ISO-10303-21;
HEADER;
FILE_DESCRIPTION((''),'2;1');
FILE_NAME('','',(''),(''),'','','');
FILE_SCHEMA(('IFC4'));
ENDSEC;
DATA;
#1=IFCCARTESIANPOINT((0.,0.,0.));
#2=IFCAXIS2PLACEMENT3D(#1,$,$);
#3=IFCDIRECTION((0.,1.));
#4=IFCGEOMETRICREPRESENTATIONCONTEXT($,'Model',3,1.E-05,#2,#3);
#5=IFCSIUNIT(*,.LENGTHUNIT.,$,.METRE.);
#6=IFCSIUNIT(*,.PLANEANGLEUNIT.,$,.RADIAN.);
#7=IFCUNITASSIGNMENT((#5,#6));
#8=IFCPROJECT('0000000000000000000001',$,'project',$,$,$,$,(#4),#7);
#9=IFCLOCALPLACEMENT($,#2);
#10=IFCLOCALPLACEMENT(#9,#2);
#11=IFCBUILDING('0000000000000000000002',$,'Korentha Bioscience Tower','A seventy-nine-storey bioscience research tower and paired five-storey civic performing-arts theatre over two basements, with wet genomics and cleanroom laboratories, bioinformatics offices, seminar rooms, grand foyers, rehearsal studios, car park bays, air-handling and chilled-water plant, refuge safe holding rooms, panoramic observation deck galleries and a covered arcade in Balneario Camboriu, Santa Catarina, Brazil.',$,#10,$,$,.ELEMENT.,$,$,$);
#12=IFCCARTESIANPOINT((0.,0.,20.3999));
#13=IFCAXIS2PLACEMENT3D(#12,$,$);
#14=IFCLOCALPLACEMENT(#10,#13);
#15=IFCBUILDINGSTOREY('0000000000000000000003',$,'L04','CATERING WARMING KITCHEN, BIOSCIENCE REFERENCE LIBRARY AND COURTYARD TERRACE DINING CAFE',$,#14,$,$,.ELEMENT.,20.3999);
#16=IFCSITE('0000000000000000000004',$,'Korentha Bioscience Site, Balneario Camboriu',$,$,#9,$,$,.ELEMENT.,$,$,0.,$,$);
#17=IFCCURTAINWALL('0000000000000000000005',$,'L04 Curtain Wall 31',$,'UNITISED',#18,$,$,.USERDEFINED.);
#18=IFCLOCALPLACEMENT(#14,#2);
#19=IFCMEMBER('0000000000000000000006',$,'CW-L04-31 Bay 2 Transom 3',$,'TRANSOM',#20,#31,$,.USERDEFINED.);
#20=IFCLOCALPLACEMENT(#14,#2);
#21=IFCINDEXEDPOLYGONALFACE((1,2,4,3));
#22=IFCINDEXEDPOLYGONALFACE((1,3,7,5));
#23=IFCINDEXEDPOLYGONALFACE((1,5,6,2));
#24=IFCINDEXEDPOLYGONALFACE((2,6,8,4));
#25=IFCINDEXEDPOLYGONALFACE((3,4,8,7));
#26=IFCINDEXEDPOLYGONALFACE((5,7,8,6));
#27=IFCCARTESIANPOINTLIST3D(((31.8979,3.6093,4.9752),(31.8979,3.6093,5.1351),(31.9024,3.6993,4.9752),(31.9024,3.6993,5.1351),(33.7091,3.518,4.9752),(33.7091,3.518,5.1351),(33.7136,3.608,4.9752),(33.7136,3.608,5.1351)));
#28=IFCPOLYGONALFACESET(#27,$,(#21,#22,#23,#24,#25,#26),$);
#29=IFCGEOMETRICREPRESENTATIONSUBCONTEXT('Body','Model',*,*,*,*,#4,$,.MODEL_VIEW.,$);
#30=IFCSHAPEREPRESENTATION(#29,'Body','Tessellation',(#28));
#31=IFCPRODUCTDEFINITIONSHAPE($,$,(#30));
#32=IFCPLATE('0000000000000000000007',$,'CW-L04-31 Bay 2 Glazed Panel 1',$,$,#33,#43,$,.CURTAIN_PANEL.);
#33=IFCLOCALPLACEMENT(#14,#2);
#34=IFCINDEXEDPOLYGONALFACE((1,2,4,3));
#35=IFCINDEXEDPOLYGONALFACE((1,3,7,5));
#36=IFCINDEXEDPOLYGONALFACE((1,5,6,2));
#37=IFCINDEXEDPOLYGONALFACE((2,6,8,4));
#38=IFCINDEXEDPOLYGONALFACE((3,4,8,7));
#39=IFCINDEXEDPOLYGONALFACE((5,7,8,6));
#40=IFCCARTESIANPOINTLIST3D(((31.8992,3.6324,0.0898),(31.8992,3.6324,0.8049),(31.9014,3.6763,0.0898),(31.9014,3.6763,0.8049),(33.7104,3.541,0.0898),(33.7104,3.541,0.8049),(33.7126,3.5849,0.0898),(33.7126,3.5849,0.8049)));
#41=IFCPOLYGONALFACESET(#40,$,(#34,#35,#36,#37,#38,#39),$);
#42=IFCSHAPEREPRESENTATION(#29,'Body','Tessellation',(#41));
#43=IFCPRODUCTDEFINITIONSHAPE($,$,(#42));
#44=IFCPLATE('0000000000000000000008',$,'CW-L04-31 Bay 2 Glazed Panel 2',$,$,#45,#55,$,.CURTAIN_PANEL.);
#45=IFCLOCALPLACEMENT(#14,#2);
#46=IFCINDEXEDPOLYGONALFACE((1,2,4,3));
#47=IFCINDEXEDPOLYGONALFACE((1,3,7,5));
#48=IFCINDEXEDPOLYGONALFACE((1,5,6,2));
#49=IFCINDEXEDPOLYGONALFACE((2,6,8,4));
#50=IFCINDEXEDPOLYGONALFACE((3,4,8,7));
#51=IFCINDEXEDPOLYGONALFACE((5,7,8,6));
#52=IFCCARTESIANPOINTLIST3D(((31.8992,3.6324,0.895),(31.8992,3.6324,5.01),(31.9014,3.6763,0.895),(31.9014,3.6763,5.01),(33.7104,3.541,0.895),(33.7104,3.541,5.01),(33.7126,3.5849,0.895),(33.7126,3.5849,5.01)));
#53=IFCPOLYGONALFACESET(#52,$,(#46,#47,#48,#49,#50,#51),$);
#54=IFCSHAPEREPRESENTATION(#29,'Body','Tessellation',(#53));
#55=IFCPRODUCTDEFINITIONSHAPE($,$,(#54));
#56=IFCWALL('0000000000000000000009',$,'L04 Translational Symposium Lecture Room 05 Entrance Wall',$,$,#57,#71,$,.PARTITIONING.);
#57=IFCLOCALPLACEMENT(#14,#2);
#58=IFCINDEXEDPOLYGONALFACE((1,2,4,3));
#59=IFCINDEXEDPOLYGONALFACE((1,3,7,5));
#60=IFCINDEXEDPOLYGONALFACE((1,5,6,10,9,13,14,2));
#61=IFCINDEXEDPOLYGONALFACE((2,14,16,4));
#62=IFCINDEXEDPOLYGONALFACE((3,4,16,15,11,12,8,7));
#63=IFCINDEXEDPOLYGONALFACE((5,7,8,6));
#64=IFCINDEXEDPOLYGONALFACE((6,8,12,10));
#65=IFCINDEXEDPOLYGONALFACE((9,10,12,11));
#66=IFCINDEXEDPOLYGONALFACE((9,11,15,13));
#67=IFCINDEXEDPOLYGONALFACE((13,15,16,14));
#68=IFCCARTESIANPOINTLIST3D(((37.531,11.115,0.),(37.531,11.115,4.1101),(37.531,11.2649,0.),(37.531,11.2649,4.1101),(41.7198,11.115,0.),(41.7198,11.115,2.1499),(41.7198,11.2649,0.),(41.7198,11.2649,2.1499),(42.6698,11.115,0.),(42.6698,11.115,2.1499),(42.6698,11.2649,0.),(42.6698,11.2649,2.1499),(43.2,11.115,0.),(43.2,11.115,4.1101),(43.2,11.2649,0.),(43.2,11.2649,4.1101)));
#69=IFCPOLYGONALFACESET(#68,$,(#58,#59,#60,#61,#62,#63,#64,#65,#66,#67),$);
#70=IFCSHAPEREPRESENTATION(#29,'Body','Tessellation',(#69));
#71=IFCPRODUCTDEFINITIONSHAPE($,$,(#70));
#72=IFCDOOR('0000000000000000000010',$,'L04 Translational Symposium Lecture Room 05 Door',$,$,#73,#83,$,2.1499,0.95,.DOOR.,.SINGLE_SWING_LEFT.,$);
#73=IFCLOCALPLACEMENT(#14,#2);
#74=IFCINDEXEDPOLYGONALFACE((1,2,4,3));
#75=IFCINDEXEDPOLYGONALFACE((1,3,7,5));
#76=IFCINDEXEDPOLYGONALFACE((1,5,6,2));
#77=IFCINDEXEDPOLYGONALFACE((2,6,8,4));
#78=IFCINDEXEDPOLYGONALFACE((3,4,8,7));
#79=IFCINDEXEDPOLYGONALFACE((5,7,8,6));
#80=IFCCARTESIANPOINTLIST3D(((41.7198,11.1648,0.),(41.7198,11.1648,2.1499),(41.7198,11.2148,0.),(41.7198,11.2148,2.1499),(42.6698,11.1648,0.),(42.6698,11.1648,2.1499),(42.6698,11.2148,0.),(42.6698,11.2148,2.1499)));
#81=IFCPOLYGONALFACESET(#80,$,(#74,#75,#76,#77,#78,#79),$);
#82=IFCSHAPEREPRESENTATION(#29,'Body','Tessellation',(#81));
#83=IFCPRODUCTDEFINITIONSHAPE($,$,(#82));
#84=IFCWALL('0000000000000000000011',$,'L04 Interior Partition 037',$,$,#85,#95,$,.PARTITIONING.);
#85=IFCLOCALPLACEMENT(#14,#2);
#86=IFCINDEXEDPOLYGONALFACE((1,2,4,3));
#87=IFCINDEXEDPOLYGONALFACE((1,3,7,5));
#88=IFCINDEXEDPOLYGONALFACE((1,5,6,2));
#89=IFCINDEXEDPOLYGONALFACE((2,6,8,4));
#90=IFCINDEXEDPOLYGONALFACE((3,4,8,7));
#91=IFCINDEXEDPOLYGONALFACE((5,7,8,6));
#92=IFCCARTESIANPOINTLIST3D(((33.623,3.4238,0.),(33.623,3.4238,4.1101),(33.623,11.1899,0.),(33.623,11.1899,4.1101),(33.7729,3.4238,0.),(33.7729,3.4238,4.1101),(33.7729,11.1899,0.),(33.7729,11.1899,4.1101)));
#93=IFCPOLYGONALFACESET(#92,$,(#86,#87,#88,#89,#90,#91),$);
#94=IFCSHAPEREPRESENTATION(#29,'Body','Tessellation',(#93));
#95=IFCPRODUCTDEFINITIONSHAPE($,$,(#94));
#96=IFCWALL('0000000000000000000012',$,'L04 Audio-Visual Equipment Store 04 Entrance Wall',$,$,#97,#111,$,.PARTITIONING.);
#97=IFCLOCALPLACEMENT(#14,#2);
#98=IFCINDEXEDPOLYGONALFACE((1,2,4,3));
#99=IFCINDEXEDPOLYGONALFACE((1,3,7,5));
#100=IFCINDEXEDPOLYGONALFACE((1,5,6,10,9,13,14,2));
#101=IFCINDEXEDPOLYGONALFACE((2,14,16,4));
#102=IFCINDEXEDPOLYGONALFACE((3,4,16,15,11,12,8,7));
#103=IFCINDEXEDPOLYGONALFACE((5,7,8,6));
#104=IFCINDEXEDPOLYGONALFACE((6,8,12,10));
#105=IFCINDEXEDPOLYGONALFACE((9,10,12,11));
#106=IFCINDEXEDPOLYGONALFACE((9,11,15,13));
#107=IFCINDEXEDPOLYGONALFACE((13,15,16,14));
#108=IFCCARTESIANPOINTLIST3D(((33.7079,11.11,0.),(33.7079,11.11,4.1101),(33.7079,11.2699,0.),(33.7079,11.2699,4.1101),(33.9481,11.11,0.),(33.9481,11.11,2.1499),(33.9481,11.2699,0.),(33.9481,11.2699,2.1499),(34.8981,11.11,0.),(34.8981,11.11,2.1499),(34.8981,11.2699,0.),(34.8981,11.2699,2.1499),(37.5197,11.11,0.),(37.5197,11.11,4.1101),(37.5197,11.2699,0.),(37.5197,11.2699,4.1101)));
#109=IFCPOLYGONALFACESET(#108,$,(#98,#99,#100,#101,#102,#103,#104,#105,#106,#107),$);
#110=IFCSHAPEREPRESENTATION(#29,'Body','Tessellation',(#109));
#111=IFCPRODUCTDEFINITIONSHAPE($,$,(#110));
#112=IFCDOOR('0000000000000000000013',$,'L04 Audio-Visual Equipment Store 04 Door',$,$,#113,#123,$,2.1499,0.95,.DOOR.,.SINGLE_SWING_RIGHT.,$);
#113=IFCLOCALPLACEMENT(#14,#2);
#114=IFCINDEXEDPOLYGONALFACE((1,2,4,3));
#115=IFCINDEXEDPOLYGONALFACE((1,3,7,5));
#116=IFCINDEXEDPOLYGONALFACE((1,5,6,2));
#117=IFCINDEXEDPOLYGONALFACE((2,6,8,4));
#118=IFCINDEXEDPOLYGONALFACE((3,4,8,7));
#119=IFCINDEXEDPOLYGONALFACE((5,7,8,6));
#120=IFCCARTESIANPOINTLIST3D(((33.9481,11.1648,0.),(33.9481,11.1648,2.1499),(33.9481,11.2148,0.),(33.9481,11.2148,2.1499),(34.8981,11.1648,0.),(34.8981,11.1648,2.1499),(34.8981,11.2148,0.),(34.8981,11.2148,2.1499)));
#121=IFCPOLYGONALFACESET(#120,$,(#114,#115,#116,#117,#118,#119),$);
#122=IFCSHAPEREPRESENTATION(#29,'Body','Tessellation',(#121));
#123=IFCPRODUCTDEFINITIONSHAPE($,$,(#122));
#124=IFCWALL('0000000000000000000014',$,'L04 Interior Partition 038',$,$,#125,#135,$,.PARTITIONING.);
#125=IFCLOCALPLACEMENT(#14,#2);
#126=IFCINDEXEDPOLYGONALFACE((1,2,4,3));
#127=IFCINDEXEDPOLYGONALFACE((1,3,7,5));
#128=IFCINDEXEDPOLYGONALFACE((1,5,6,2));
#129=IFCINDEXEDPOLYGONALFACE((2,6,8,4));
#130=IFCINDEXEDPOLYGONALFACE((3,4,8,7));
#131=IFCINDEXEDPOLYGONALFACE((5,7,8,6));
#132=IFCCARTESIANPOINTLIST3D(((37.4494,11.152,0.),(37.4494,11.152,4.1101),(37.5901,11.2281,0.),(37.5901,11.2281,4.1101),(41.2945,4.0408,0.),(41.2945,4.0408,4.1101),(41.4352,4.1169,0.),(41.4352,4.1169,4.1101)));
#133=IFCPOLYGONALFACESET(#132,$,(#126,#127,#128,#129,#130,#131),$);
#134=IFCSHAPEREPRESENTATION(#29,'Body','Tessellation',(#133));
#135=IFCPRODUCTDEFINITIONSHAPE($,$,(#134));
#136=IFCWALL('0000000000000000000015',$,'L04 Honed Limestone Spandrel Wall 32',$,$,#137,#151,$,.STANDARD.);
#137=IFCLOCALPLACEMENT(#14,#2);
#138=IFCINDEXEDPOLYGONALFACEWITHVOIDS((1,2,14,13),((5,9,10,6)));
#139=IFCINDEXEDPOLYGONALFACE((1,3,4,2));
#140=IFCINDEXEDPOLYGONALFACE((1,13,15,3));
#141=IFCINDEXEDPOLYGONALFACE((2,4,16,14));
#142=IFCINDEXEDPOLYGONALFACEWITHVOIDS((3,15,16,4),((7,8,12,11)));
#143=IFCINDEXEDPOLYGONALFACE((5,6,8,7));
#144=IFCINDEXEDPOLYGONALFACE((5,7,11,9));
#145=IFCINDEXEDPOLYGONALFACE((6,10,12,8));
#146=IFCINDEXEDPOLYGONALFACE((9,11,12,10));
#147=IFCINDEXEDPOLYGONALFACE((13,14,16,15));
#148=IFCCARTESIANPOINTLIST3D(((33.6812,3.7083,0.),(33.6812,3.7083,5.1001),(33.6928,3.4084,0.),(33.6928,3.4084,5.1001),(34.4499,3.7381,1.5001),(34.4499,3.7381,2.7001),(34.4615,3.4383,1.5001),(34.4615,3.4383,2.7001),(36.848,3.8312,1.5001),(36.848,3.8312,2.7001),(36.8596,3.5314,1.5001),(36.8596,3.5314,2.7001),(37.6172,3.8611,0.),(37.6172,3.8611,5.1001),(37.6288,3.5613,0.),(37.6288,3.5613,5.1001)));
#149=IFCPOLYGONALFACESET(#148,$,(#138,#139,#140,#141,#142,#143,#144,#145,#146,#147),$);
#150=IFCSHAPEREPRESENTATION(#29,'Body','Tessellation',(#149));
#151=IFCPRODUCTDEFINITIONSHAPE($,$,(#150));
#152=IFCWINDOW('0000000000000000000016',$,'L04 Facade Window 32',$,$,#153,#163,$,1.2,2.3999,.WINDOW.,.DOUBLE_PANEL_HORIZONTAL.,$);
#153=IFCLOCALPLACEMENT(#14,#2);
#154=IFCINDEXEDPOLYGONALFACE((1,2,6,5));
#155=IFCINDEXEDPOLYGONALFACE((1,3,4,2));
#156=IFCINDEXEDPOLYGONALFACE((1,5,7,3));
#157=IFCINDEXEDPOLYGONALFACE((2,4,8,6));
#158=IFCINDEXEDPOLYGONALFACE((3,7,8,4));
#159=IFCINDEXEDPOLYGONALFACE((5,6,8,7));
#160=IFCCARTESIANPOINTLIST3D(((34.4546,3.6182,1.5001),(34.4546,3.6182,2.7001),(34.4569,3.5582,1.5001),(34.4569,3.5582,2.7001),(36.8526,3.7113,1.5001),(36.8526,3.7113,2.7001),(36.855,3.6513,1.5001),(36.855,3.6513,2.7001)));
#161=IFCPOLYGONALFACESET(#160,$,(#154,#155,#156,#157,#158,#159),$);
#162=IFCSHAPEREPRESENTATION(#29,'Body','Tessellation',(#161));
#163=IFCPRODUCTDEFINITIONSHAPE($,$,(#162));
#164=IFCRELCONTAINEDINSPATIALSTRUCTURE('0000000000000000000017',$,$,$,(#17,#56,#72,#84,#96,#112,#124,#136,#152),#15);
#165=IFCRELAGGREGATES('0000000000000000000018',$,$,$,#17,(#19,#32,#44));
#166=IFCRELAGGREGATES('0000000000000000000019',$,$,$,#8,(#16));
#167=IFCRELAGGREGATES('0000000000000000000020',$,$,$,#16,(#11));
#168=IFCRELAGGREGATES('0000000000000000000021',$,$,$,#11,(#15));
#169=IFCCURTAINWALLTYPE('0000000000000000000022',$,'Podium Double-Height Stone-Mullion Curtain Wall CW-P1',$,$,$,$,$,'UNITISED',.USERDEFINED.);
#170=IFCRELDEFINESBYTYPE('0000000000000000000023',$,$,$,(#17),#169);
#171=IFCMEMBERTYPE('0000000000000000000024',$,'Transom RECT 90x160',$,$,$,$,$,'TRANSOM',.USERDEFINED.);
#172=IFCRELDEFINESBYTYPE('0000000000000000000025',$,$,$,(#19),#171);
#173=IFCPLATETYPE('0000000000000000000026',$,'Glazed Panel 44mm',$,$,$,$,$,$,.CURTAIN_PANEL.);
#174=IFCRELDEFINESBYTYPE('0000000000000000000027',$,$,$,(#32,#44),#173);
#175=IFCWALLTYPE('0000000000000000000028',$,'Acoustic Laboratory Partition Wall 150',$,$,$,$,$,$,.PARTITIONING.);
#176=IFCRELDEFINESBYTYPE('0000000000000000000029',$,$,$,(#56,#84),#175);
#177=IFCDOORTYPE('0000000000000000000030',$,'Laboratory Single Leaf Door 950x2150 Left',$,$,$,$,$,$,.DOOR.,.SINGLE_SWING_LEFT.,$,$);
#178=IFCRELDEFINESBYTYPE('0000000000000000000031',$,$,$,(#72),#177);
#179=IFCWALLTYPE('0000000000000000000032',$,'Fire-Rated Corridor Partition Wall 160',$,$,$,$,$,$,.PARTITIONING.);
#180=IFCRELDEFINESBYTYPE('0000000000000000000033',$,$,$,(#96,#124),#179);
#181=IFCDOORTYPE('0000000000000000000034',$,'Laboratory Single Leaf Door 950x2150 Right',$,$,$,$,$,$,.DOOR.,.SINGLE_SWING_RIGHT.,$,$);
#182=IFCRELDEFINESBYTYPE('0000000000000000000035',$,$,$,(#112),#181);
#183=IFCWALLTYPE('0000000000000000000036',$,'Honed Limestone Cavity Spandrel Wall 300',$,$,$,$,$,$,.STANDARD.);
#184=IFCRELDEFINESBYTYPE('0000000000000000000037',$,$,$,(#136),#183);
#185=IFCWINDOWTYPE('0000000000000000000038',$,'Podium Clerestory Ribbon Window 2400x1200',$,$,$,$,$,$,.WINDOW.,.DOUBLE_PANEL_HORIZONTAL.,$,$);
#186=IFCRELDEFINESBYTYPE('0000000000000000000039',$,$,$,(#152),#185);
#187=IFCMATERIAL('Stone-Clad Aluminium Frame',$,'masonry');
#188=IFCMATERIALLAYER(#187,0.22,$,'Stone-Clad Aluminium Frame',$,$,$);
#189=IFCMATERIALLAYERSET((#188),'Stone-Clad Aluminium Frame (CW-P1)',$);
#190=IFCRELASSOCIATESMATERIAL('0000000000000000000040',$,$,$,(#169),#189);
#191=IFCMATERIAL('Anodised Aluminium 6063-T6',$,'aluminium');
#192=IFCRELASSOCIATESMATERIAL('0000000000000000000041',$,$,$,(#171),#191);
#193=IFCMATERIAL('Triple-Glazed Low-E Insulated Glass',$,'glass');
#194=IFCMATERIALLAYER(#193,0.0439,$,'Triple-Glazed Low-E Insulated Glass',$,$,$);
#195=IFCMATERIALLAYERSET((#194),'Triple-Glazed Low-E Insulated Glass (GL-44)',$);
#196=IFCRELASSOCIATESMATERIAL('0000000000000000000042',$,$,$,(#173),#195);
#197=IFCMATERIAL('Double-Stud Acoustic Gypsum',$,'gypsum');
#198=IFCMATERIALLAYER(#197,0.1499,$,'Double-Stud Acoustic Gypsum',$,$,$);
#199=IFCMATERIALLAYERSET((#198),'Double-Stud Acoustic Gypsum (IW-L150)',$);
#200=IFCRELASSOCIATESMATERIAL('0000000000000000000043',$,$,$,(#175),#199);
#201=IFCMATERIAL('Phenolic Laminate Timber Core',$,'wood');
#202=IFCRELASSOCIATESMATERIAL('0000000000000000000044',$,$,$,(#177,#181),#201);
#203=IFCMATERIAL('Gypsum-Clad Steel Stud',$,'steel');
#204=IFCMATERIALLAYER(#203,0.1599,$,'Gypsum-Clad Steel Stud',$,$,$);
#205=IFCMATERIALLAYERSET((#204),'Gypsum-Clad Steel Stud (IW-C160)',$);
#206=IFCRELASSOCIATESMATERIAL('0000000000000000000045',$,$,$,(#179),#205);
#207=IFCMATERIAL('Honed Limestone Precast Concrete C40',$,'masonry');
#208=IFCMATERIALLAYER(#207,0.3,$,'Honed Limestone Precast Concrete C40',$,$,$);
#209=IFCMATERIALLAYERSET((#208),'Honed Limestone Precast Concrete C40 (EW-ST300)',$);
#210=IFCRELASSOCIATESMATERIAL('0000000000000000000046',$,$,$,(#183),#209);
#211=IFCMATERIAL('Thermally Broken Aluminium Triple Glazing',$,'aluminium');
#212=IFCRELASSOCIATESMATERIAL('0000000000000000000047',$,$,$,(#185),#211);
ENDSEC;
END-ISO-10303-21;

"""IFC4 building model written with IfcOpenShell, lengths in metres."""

from ifc_helpers import new_model, si_unit, direction, frame, frame_2d, origin, origin_2d, place, context, subcontext, project, spatial, rectangle, extrude, material, layer, layer_set, material_profile, profile_set, type_object, element, fill, aggregate, save


model = new_model("IFC4")

# Units and contexts
model_context = context("Model", 3, precision=1e-05, world=origin(), true_north=direction((0.0, 1.0)))
body_context = subcontext(model_context, "Body", "Model", "MODEL_VIEW")
ifc_project = project(units=[si_unit("LENGTHUNIT", "METRE"), si_unit("PLANEANGLEUNIT", "RADIAN")], contexts=[model_context])

# Site, building, storey
site_placement = place(None, origin())
site = spatial("IfcSite", under=ifc_project, at=site_placement, Name="Korentha Bioscience Site, Balneario Camboriu", CompositionType="ELEMENT", RefElevation=0.0)
building_placement = place(site_placement, origin())
building = spatial("IfcBuilding", under=site, at=building_placement, Name="Korentha Bioscience Tower", Description="A seventy-nine-storey bioscience research tower and paired five-storey civic performing-arts theatre over two basements, with wet genomics and cleanroom laboratories, bioinformatics offices, seminar rooms, grand foyers, rehearsal studios, car park bays, air-handling and chilled-water plant, refuge safe holding rooms, panoramic observation deck galleries and a covered arcade in Balneario Camboriu, Santa Catarina, Brazil.", CompositionType="ELEMENT")
storey_placement = place(building_placement, frame((0.0, 0.0, 20.3999)))
storey = spatial("IfcBuildingStorey", under=building, at=storey_placement, Name="L04", Description="CATERING WARMING KITCHEN, BIOSCIENCE REFERENCE LIBRARY AND COURTYARD TERRACE DINING CAFE", CompositionType="ELEMENT", Elevation=20.3999)

# Curtain wall
ifc_material_1 = material(Name="Stone-Clad Aluminium Frame", Category="masonry")
ifc_layer_1 = layer(ifc_material_1, 0.22, Name="Stone-Clad Aluminium Frame")
ifc_layer_set_1 = layer_set([ifc_layer_1], Name="Stone-Clad Aluminium Frame (CW-P1)")
curtain_wall_type = type_object("IfcCurtainWallType", Name="Podium Double-Height Stone-Mullion Curtain Wall CW-P1", ElementType="UNITISED", PredefinedType="USERDEFINED", material=ifc_layer_set_1)
curtain_wall_placement = place(storey_placement, origin())
curtain_wall = element("IfcCurtainWall", 1, at=curtain_wall_placement, inside=storey, type_object=curtain_wall_type, Name="L04 Curtain Wall 31", ObjectType="UNITISED", PredefinedType="USERDEFINED")
ifc_material_2 = material(Name="Anodised Aluminium 6063-T6", Category="aluminium")

# Member
ifc_material_profile_1 = material_profile(ifc_material_2, rectangle(XDim=0.0901, YDim=0.1599, at=origin_2d()), Name="Anodised Aluminium 6063-T6")
ifc_profile_set_1 = profile_set([ifc_material_profile_1], Name="Anodised Aluminium 6063-T6 (CW-TRN)")
member_type_1 = type_object("IfcMemberType", Name="Transom RECT 90x160", ElementType="TRANSOM", PredefinedType="USERDEFINED", material=ifc_profile_set_1)
member_1_placement = place(storey_placement, frame((31.9001, 3.6543, 5.0552), z_axis=(0.998732, -0.050347, 0.0), x_axis=(0.050347, 0.998732, 0.0)))
member_1 = element("IfcMember", 2, at=member_1_placement, type_object=member_type_1, Name="CW-L04-31 Bay 2 Transom 3", ObjectType="TRANSOM", PredefinedType="USERDEFINED", context=body_context, shape_type="SweptSolid", body=[
    extrude(rectangle(XDim=0.0901, YDim=0.1599, at=origin_2d()), origin(), (0.0, 0.0, 1.0), 1.8135),
])

# Plates
ifc_material_3 = material(Name="Triple-Glazed Low-E Insulated Glass", Category="glass")
ifc_layer_2 = layer(ifc_material_3, 0.0439, Name="Triple-Glazed Low-E Insulated Glass")
ifc_layer_set_2 = layer_set([ifc_layer_2], Name="Triple-Glazed Low-E Insulated Glass (GL-44)")
plate_type = type_object("IfcPlateType", Name="Glazed Panel 44mm", PredefinedType="CURTAIN_PANEL", material=ifc_layer_set_2)
plate_1_placement = place(storey_placement, frame((32.8059, 3.6086, 0.0898), z_axis=(0.0, 0.0, 1.0), x_axis=(0.998731, -0.050371, 0.0)))
plate_1 = element("IfcPlate", 3, at=plate_1_placement, type_object=plate_type, Name="CW-L04-31 Bay 2 Glazed Panel 1", PredefinedType="CURTAIN_PANEL", context=body_context, shape_type="SweptSolid", body=[
    extrude(rectangle(XDim=1.8135, YDim=0.0439, at=origin_2d()), origin(), (0.0, 0.0, 1.0), 0.7151),
])
plate_2_placement = place(storey_placement, frame((32.8059, 3.6086, 0.895), z_axis=(0.0, 0.0, 1.0), x_axis=(0.998731, -0.050371, 0.0)))
plate_2 = element("IfcPlate", 4, at=plate_2_placement, type_object=plate_type, Name="CW-L04-31 Bay 2 Glazed Panel 2", PredefinedType="CURTAIN_PANEL", context=body_context, shape_type="SweptSolid", body=[
    extrude(rectangle(XDim=1.8135, YDim=0.0439, at=origin_2d()), origin(), (0.0, 0.0, 1.0), 4.115),
])
aggregate(curtain_wall, [member_1, plate_1, plate_2])

# Wall, opening, door
ifc_material_4 = material(Name="Double-Stud Acoustic Gypsum", Category="gypsum")
ifc_layer_3 = layer(ifc_material_4, 0.1499, Name="Double-Stud Acoustic Gypsum")
ifc_layer_set_3 = layer_set([ifc_layer_3], Name="Double-Stud Acoustic Gypsum (IW-L150)")
wall_type_1 = type_object("IfcWallType", Name="Acoustic Laboratory Partition Wall 150", PredefinedType="PARTITIONING", material=ifc_layer_set_3)
wall_1_placement = place(storey_placement, frame((37.531, 11.1899, 0.0), z_axis=(0.0, 0.0, 1.0), x_axis=(1.0, 0.0, 0.0)))
wall_1 = element("IfcWall", 5, at=wall_1_placement, inside=storey, type_object=wall_type_1, Name="L04 Translational Symposium Lecture Room 05 Entrance Wall", PredefinedType="PARTITIONING", context=body_context, shape_type="SweptSolid", body=[
    extrude(rectangle(XDim=5.6689, YDim=0.1499, at=frame_2d((2.8345, 0.0))), origin(), (0.0, 0.0, 1.0), 4.1101),
])
opening_1_placement = place(wall_1_placement, frame((4.1887, 0.0, 0.0)))
opening_1 = element("IfcOpeningElement", 6, at=opening_1_placement, cuts=wall_1, PredefinedType="OPENING", context=body_context, shape_type="SweptSolid", body=[
    extrude(rectangle(XDim=0.95, YDim=2.1499, at=frame_2d((0.4751, 1.075))), frame((0.0, 0.0898, 0.0), z_axis=(0.0, -1.0, 0.0), x_axis=(1.0, 0.0, 0.0)), (0.0, 0.0, 1.0), 0.1797),
])
ifc_material_5 = material(Name="Phenolic Laminate Timber Core", Category="wood")
door_type_1 = type_object("IfcDoorType", Name="Laboratory Single Leaf Door 950x2150 Left", OperationType="SINGLE_SWING_LEFT", PredefinedType="DOOR", material=ifc_material_5)
door_1_placement = place(opening_1_placement, origin())
door_1 = element("IfcDoor", 7, at=door_1_placement, inside=storey, type_object=door_type_1, Name="L04 Translational Symposium Lecture Room 05 Door", OperationType="SINGLE_SWING_LEFT", OverallHeight=2.1499, OverallWidth=0.95, PredefinedType="DOOR", context=body_context, shape_type="SweptSolid", body=[
    extrude(rectangle(XDim=0.95, YDim=2.1499, at=frame_2d((0.4751, 1.075))), frame((0.0, 0.0249, 0.0), z_axis=(0.0, -1.0, 0.0), x_axis=(1.0, 0.0, 0.0)), (0.0, 0.0, 1.0), 0.05),
])
fill(opening_1, door_1)

# Wall
wall_2_placement = place(storey_placement, frame((33.698, 11.1899, 0.0), z_axis=(0.0, 0.0, 1.0), x_axis=(0.0, -1.0, 0.0)))
element("IfcWall", 8, at=wall_2_placement, inside=storey, type_object=wall_type_1, Name="L04 Interior Partition 037", PredefinedType="PARTITIONING", context=body_context, shape_type="SweptSolid", body=[
    extrude(rectangle(XDim=7.7661, YDim=0.1499, at=frame_2d((3.8831, 0.0))), origin(), (0.0, 0.0, 1.0), 4.1101),
])

# Wall, opening, door
ifc_material_6 = material(Name="Gypsum-Clad Steel Stud", Category="steel")
ifc_layer_4 = layer(ifc_material_6, 0.1599, Name="Gypsum-Clad Steel Stud")
ifc_layer_set_4 = layer_set([ifc_layer_4], Name="Gypsum-Clad Steel Stud (IW-C160)")
wall_type_2 = type_object("IfcWallType", Name="Fire-Rated Corridor Partition Wall 160", PredefinedType="PARTITIONING", material=ifc_layer_set_4)
wall_3_placement = place(storey_placement, frame((33.708, 11.1899, 0.0), z_axis=(0.0, 0.0, 1.0), x_axis=(1.0, 0.0, 0.0)))
wall_3 = element("IfcWall", 9, at=wall_3_placement, inside=storey, type_object=wall_type_2, Name="L04 Audio-Visual Equipment Store 04 Entrance Wall", PredefinedType="PARTITIONING", context=body_context, shape_type="SweptSolid", body=[
    extrude(rectangle(XDim=3.8118, YDim=0.1599, at=frame_2d((1.9058, 0.0))), origin(), (0.0, 0.0, 1.0), 4.1101),
])
opening_2_placement = place(wall_3_placement, frame((0.24, 0.0, 0.0)))
opening_2 = element("IfcOpeningElement", 10, at=opening_2_placement, cuts=wall_3, PredefinedType="OPENING", context=body_context, shape_type="SweptSolid", body=[
    extrude(rectangle(XDim=0.95, YDim=2.1499, at=frame_2d((0.4751, 1.075))), frame((0.0, 0.0947, 0.0), z_axis=(0.0, -1.0, 0.0), x_axis=(1.0, 0.0, 0.0)), (0.0, 0.0, 1.0), 0.1897),
])
door_type_2 = type_object("IfcDoorType", Name="Laboratory Single Leaf Door 950x2150 Right", OperationType="SINGLE_SWING_RIGHT", PredefinedType="DOOR", material=ifc_material_5)
door_2_placement = place(opening_2_placement, origin())
door_2 = element("IfcDoor", 11, at=door_2_placement, inside=storey, type_object=door_type_2, Name="L04 Audio-Visual Equipment Store 04 Door", OperationType="SINGLE_SWING_RIGHT", OverallHeight=2.1499, OverallWidth=0.95, PredefinedType="DOOR", context=body_context, shape_type="SweptSolid", body=[
    extrude(rectangle(XDim=0.95, YDim=2.1499, at=frame_2d((0.4751, 1.075))), frame((0.0, 0.0249, 0.0), z_axis=(0.0, -1.0, 0.0), x_axis=(1.0, 0.0, 0.0)), (0.0, 0.0, 1.0), 0.05),
])
fill(opening_2, door_2)

# Wall
wall_4_placement = place(storey_placement, frame((37.5198, 11.1899, 0.0), z_axis=(0.0, 0.0, 1.0), x_axis=(0.475637, -0.879642, 0.0)))
element("IfcWall", 12, at=wall_4_placement, inside=storey, type_object=wall_type_2, Name="L04 Interior Partition 038", PredefinedType="PARTITIONING", context=body_context, shape_type="SweptSolid", body=[
    extrude(rectangle(XDim=8.0842, YDim=0.1599, at=frame_2d((4.042, 0.0))), origin(), (0.0, 0.0, 1.0), 4.1101),
])

# Wall, opening, window
ifc_material_7 = material(Name="Honed Limestone Precast Concrete C40", Category="masonry")
ifc_layer_5 = layer(ifc_material_7, 0.3, Name="Honed Limestone Precast Concrete C40")
ifc_layer_set_5 = layer_set([ifc_layer_5], Name="Honed Limestone Precast Concrete C40 (EW-ST300)")
wall_type_3 = type_object("IfcWallType", Name="Honed Limestone Cavity Spandrel Wall 300", PredefinedType="STANDARD", material=ifc_layer_set_5)
wall_5_placement = place(storey_placement, frame((33.687, 3.5583, 0.0), z_axis=(0.0, 0.0, 1.0), x_axis=(0.999247, 0.0388, 0.0)))
wall_5 = element("IfcWall", 13, at=wall_5_placement, inside=storey, type_object=wall_type_3, Name="L04 Honed Limestone Spandrel Wall 32", PredefinedType="STANDARD", context=body_context, shape_type="SweptSolid", body=[
    extrude(rectangle(XDim=3.939, YDim=0.3, at=frame_2d((1.9695, 0.0))), origin(), (0.0, 0.0, 1.0), 5.1001),
])
opening_3_placement = place(wall_5_placement, frame((0.7693, 0.0, 1.5)))
opening_3 = element("IfcOpeningElement", 14, at=opening_3_placement, cuts=wall_5, PredefinedType="OPENING", context=body_context, shape_type="SweptSolid", body=[
    extrude(rectangle(XDim=2.3999, YDim=1.2, at=frame_2d((1.2, 0.6001))), frame((0.0, 0.165, 0.0), z_axis=(0.0, -1.0, 0.0), x_axis=(1.0, 0.0, 0.0)), (0.0, 0.0, 1.0), 0.3298),
])
ifc_material_8 = material(Name="Thermally Broken Aluminium Triple Glazing", Category="aluminium")
window_type = type_object("IfcWindowType", Name="Podium Clerestory Ribbon Window 2400x1200", PartitioningType="DOUBLE_PANEL_HORIZONTAL", PredefinedType="WINDOW", material=ifc_material_8)
window_placement = place(opening_3_placement, origin())
window = element("IfcWindow", 15, at=window_placement, inside=storey, type_object=window_type, Name="L04 Facade Window 32", OverallHeight=1.2, OverallWidth=2.3999, PartitioningType="DOUBLE_PANEL_HORIZONTAL", PredefinedType="WINDOW", context=body_context, shape_type="SweptSolid", body=[
    extrude(rectangle(XDim=2.3999, YDim=1.2, at=frame_2d((1.2, 0.6001))), frame((0.0, 0.03, 0.0), z_axis=(0.0, -1.0, 0.0), x_axis=(1.0, 0.0, 0.0)), (0.0, 0.0, 1.0), 0.0601),
])
fill(opening_3, window)

save(model, "model.ifc")
